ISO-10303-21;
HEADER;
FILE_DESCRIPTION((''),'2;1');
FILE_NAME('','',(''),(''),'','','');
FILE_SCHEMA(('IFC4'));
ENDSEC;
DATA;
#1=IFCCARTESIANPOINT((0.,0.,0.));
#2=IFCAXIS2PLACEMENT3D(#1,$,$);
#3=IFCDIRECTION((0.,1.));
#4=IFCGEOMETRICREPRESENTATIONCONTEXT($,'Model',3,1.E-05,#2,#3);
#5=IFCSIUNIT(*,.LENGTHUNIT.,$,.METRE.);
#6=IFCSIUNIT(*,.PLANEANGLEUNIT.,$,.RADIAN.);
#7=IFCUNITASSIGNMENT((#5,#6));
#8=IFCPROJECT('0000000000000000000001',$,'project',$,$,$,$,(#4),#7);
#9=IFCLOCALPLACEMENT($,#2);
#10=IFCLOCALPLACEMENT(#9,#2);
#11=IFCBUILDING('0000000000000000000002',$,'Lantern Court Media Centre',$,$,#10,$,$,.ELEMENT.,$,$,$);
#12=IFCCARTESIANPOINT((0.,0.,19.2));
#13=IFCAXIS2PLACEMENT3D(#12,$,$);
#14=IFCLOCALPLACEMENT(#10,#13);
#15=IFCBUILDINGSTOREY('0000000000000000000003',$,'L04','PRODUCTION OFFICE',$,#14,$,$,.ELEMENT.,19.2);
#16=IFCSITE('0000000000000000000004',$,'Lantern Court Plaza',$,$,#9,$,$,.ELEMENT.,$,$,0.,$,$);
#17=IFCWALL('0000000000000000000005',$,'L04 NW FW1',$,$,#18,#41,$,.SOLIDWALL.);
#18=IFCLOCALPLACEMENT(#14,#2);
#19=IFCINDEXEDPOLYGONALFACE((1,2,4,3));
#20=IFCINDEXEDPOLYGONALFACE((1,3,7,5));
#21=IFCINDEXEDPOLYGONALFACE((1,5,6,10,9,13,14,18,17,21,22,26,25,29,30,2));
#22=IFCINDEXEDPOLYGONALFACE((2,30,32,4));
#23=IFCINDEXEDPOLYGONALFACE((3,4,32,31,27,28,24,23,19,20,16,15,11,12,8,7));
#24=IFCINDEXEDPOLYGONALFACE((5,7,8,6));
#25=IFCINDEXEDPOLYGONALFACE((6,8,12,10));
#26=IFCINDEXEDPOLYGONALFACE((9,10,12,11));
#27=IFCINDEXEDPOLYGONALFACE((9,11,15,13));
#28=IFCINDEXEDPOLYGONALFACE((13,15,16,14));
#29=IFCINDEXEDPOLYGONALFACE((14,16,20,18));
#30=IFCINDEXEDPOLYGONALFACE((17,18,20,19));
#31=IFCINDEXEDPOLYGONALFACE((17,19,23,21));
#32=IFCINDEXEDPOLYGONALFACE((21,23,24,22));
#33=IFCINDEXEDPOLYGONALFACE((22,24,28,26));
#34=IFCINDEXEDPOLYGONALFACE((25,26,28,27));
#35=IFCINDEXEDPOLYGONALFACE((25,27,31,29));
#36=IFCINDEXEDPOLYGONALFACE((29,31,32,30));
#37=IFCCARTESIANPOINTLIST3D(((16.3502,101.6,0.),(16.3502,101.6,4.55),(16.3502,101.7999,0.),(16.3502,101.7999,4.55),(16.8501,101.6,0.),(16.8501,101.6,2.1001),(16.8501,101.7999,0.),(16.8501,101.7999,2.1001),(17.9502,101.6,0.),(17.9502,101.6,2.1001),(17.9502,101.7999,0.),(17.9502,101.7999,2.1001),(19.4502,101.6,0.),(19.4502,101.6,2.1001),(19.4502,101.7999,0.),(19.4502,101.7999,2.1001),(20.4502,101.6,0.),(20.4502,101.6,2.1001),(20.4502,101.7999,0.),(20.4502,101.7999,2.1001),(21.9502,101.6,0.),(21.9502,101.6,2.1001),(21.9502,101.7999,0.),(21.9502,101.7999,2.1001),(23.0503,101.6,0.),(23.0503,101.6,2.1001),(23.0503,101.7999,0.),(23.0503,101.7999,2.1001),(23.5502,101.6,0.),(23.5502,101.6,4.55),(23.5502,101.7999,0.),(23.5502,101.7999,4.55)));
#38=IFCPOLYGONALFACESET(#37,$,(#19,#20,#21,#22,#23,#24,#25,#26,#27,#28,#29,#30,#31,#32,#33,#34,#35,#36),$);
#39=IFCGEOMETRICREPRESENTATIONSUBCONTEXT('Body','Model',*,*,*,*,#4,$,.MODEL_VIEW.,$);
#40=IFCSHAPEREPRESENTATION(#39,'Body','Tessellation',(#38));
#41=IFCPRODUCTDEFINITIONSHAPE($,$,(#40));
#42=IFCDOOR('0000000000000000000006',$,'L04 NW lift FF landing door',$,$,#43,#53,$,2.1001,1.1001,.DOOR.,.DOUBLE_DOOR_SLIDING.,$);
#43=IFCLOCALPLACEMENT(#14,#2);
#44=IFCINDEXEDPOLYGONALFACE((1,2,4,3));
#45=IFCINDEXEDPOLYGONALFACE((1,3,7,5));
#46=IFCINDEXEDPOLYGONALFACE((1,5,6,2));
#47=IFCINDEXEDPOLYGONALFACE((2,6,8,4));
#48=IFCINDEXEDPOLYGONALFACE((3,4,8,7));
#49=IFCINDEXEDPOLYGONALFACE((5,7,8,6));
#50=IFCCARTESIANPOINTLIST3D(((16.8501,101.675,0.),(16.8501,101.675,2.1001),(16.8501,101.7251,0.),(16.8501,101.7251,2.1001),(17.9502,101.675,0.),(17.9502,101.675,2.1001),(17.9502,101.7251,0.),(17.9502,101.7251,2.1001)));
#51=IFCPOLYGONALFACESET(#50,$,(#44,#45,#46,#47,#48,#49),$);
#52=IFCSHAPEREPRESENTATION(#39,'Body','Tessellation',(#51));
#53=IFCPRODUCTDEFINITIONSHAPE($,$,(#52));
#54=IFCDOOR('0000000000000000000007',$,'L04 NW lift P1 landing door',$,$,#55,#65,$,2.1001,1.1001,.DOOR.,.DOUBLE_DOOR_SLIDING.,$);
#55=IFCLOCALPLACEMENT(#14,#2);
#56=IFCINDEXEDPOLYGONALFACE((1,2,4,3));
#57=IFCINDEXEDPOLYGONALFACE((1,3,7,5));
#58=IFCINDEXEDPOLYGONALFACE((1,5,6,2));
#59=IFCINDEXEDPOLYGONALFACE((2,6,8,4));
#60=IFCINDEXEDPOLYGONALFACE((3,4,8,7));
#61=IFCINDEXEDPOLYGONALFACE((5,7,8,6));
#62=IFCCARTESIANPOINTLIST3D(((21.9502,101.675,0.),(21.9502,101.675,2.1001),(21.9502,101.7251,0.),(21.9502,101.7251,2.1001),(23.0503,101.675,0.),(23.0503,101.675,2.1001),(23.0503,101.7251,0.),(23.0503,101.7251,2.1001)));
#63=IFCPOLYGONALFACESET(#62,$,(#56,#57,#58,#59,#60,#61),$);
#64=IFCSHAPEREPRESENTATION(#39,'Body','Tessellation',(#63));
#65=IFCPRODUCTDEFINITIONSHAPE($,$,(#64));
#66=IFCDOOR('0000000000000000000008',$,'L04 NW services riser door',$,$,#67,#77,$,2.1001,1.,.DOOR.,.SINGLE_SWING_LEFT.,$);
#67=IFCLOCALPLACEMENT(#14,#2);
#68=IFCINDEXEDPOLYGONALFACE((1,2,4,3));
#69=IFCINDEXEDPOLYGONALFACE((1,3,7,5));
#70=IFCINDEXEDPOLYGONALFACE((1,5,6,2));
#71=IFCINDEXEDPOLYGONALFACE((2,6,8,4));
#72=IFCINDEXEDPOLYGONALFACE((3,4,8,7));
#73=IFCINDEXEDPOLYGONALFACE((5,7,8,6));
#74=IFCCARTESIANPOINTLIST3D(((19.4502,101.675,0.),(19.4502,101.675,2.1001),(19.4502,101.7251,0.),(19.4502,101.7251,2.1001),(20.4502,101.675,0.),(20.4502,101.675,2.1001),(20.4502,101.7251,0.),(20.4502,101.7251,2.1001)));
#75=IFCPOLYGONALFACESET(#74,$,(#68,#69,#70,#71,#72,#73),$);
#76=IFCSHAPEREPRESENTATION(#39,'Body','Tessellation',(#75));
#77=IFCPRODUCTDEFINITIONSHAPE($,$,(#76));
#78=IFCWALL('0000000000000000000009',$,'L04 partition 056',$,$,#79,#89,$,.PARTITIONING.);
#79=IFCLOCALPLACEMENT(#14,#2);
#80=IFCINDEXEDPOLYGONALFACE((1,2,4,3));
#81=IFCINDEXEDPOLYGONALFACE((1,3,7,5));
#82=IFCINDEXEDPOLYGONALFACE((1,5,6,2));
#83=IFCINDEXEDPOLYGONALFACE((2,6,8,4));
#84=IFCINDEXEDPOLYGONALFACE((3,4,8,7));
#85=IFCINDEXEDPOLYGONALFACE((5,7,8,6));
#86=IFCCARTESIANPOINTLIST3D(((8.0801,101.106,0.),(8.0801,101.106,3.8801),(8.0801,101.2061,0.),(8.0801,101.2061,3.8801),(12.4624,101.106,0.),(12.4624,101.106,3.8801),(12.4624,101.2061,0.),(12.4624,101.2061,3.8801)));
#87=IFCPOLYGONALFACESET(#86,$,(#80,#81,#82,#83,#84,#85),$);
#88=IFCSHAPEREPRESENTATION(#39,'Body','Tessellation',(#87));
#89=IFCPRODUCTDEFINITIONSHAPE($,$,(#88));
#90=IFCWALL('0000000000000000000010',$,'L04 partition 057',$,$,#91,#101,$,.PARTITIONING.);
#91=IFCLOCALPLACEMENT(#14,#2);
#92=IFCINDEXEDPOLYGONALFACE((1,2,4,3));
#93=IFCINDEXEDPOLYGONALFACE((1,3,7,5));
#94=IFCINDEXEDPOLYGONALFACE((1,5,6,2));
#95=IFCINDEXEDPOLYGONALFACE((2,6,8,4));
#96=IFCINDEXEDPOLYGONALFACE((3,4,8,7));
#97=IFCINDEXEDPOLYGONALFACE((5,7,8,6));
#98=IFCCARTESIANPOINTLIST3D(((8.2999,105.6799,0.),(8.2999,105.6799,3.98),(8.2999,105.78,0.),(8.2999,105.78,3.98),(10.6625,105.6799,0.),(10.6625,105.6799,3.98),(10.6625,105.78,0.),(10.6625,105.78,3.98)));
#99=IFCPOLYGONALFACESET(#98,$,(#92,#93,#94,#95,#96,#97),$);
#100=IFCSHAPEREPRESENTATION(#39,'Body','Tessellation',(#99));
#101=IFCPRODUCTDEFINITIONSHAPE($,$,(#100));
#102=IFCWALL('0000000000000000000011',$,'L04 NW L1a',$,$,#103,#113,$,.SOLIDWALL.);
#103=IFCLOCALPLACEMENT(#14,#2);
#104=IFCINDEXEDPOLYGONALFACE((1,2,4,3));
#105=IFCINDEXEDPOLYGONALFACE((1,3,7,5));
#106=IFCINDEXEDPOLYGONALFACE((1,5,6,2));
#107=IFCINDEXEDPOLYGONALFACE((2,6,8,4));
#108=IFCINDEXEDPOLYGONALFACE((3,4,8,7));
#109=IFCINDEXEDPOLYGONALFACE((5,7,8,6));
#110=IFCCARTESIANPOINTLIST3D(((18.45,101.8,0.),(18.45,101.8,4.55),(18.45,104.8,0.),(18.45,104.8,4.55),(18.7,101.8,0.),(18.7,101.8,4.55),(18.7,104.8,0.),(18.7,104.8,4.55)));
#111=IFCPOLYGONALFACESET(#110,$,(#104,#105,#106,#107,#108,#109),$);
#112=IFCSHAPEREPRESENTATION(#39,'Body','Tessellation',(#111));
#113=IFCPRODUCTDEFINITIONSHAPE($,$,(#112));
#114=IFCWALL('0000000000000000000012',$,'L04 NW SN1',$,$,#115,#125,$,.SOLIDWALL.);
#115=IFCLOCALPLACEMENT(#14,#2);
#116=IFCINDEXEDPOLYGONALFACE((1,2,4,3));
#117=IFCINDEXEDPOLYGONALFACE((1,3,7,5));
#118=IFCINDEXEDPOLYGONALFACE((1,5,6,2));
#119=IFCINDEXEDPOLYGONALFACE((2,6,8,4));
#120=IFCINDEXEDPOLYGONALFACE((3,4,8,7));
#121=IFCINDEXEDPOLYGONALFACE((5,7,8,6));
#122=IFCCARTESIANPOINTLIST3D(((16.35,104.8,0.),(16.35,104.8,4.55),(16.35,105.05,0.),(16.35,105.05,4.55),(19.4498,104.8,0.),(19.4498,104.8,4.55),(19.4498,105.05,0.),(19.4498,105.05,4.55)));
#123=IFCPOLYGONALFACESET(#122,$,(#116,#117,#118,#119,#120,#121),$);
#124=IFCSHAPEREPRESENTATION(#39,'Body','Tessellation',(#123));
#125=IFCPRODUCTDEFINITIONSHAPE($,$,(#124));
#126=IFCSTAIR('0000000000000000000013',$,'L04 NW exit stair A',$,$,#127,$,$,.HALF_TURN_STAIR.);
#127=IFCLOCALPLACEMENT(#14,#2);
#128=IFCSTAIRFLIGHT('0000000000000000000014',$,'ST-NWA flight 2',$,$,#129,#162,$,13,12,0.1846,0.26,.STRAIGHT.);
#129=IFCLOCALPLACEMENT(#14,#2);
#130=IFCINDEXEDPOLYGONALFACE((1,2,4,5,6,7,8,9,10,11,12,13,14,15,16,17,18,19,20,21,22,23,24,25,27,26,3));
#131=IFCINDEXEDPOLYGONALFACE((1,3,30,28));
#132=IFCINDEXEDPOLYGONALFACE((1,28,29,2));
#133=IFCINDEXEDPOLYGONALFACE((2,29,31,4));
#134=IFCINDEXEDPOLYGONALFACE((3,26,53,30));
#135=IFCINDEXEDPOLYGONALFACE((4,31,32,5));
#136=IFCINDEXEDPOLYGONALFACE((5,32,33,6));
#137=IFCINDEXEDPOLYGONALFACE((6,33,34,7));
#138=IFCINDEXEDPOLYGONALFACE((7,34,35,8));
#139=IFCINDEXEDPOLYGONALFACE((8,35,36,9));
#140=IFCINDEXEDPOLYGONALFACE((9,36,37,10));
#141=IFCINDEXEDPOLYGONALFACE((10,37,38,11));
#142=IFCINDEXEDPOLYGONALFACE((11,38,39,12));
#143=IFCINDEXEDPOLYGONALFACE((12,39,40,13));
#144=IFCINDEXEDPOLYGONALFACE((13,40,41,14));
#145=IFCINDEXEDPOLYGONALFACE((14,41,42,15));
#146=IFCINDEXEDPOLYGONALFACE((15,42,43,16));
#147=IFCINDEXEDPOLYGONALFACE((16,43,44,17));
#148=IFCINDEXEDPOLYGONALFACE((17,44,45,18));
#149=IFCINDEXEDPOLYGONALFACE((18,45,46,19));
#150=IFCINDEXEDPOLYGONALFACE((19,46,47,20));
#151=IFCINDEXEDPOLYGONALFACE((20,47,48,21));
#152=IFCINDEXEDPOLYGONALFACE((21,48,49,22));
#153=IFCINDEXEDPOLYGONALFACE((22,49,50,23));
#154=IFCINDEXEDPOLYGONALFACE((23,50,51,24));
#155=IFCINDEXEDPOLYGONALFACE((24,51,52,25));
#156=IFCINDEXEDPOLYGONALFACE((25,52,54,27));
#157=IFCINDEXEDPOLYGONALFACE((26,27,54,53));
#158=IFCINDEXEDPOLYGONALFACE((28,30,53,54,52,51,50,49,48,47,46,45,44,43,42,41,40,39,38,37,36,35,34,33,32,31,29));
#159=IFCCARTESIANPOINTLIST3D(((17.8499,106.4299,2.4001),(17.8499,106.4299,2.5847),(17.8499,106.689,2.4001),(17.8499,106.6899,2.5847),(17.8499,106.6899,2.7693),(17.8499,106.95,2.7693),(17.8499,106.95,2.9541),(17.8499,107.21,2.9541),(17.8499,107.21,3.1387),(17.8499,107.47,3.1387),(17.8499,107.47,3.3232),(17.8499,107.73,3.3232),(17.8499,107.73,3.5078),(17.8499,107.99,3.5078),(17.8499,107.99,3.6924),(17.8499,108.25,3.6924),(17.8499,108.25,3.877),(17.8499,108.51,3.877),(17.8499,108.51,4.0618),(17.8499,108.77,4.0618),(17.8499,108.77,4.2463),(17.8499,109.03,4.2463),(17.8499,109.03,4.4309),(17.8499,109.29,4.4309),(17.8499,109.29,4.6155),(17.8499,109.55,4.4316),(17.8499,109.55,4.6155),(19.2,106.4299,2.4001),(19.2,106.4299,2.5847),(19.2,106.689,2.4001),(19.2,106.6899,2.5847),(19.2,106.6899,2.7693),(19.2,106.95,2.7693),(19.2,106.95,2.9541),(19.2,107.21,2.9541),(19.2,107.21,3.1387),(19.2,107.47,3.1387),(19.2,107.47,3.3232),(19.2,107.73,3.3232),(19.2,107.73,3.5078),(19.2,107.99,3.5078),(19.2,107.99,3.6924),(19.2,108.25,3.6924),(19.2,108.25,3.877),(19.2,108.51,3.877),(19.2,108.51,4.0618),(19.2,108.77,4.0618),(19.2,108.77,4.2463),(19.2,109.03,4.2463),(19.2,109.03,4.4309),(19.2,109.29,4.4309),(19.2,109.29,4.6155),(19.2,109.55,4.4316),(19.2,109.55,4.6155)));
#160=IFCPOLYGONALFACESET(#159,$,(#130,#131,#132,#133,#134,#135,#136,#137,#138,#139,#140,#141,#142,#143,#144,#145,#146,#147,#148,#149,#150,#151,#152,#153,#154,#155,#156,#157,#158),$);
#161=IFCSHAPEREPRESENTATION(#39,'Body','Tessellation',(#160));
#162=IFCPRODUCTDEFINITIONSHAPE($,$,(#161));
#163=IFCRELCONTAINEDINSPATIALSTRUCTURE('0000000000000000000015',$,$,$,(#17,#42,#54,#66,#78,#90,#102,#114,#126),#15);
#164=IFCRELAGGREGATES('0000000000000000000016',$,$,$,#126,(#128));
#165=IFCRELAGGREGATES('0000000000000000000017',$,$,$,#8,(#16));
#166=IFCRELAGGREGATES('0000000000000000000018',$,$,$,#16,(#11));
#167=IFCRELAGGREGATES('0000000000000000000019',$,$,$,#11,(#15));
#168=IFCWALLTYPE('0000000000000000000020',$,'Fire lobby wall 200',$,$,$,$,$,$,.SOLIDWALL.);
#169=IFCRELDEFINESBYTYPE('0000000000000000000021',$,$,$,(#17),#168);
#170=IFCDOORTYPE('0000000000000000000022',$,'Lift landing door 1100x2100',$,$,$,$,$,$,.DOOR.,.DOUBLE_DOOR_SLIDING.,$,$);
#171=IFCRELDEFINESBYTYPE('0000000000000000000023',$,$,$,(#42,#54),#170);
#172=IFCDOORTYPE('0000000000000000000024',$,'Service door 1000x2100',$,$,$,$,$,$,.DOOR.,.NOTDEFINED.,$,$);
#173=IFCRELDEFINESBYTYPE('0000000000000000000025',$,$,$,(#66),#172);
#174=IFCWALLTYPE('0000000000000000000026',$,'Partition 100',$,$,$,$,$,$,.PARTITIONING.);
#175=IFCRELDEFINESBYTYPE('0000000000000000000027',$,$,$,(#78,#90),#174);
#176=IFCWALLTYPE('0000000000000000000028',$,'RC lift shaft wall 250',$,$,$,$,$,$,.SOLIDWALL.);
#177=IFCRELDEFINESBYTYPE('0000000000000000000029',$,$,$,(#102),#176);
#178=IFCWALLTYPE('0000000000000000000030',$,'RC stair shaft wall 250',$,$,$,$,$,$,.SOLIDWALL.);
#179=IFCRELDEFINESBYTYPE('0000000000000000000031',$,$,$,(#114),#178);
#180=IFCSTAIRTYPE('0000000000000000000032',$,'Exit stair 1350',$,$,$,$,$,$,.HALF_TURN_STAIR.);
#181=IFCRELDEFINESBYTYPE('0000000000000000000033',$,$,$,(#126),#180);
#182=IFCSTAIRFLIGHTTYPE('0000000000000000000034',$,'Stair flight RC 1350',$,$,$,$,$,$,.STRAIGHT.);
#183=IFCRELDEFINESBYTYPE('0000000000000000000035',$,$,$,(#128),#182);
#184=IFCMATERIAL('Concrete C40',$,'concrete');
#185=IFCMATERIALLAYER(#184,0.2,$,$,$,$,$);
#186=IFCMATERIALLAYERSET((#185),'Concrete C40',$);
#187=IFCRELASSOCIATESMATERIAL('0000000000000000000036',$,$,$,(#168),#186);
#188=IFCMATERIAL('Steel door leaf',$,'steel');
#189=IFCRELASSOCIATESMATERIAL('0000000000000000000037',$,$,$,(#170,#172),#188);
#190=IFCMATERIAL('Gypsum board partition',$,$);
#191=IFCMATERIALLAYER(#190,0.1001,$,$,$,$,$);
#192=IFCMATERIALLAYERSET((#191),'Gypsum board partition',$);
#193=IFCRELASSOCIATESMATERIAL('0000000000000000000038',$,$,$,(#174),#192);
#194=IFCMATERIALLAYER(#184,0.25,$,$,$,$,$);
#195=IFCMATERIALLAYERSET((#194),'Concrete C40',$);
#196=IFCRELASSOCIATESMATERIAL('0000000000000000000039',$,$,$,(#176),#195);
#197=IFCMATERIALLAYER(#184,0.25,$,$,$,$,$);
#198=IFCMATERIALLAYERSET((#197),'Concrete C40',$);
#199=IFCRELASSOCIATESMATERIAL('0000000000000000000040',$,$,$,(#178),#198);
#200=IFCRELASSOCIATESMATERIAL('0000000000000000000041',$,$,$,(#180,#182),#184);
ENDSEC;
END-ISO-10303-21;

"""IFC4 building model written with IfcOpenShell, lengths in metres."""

from ifc_helpers import new_model, si_unit, direction, frame, frame_2d, origin, place, context, subcontext, project, spatial, polyline, rectangle, outline, extrude, material, layer, layer_set, type_object, element, fill, aggregate, save


model = new_model("IFC4")

# Units and contexts
model_context = context("Model", 3, precision=1e-05, world=origin(), true_north=direction((0.0, 1.0)))
body_context = subcontext(model_context, "Body", "Model", "MODEL_VIEW")
ifc_project = project(units=[si_unit("LENGTHUNIT", "METRE"), si_unit("PLANEANGLEUNIT", "RADIAN")], contexts=[model_context])

# Site, building, storey
site_placement = place(None, origin())
site = spatial("IfcSite", under=ifc_project, at=site_placement, Name="Lantern Court Plaza", CompositionType="ELEMENT", RefElevation=0.0)
building_placement = place(site_placement, origin())
building = spatial("IfcBuilding", under=site, at=building_placement, Name="Lantern Court Media Centre", CompositionType="ELEMENT")
storey_placement = place(building_placement, frame((0.0, 0.0, 19.2)))
storey = spatial("IfcBuildingStorey", under=building, at=storey_placement, Name="L04", Description="PRODUCTION OFFICE", CompositionType="ELEMENT", Elevation=19.2)

# Shared definitions
ifc_material_1 = material(Name="Gypsum board partition")

# Wall, openings, doors
ifc_material_2 = material(Name="Concrete C40", Category="concrete")
ifc_layer_1 = layer(ifc_material_2, 0.2)
ifc_layer_set_1 = layer_set([ifc_layer_1], Name="Concrete C40")
wall_type_1 = type_object("IfcWallType", Name="Fire lobby wall 200", PredefinedType="SOLIDWALL", material=ifc_layer_set_1)
wall_1_placement = place(storey_placement, frame((16.3501, 101.7, 0.0), z_axis=(0.0, 0.0, 1.0), x_axis=(1.0, 0.0, 0.0)))
wall_1 = element("IfcWall", 1, at=wall_1_placement, inside=storey, type_object=wall_type_1, Name="L04 NW FW1", PredefinedType="SOLIDWALL", context=body_context, shape_type="SweptSolid", body=[
    extrude(rectangle(XDim=7.2, YDim=0.2, at=frame_2d((3.6001, 0.0))), origin(), (0.0, 0.0, 1.0), 4.55),
])
opening_1_placement = place(wall_1_placement, frame((0.5, 0.0, 0.0)))
opening_1 = element("IfcOpeningElement", 2, at=opening_1_placement, cuts=wall_1, PredefinedType="OPENING", context=body_context, shape_type="SweptSolid", body=[
    extrude(rectangle(XDim=1.1001, YDim=2.1001, at=frame_2d((0.55, 1.05))), frame((0.0, 0.1099, 0.0), z_axis=(0.0, -1.0, 0.0), x_axis=(1.0, 0.0, 0.0)), (0.0, 0.0, 1.0), 0.22),
])
opening_2_placement = place(wall_1_placement, frame((5.6001, 0.0, 0.0)))
opening_2 = element("IfcOpeningElement", 3, at=opening_2_placement, cuts=wall_1, PredefinedType="OPENING", context=body_context, shape_type="SweptSolid", body=[
    extrude(rectangle(XDim=1.1001, YDim=2.1001, at=frame_2d((0.55, 1.05))), frame((0.0, 0.1099, 0.0), z_axis=(0.0, -1.0, 0.0), x_axis=(1.0, 0.0, 0.0)), (0.0, 0.0, 1.0), 0.22),
])
opening_3_placement = place(wall_1_placement, frame((3.1001, 0.0, 0.0)))
opening_3 = element("IfcOpeningElement", 4, at=opening_3_placement, cuts=wall_1, PredefinedType="OPENING", context=body_context, shape_type="SweptSolid", body=[
    extrude(rectangle(XDim=1.0, YDim=2.1001, at=frame_2d((0.5, 1.05))), frame((0.0, 0.1099, 0.0), z_axis=(0.0, -1.0, 0.0), x_axis=(1.0, 0.0, 0.0)), (0.0, 0.0, 1.0), 0.22),
])
ifc_material_3 = material(Name="Steel door leaf", Category="steel")
door_type_1 = type_object("IfcDoorType", Name="Lift landing door 1100x2100", OperationType="DOUBLE_DOOR_SLIDING", PredefinedType="DOOR", material=ifc_material_3)
door_1_placement = place(opening_1_placement, frame((1.1001, 0.0, 0.0), z_axis=(0.0, 0.0, 1.0), x_axis=(-1.0, 0.0, 0.0)))
door_1 = element("IfcDoor", 5, at=door_1_placement, inside=storey, type_object=door_type_1, Name="L04 NW lift FF landing door", OperationType="DOUBLE_DOOR_SLIDING", OverallHeight=2.1001, OverallWidth=1.1001, PredefinedType="DOOR", context=body_context, shape_type="SweptSolid", body=[
    extrude(rectangle(XDim=1.1001, YDim=2.1001, at=frame_2d((0.55, 1.05))), frame((0.0, 0.0249, 0.0), z_axis=(0.0, -1.0, 0.0), x_axis=(1.0, 0.0, 0.0)), (0.0, 0.0, 1.0), 0.05),
])
fill(opening_1, door_1)
door_2_placement = place(opening_2_placement, frame((1.1001, 0.0, 0.0), z_axis=(0.0, 0.0, 1.0), x_axis=(-1.0, 0.0, 0.0)))
door_2 = element("IfcDoor", 6, at=door_2_placement, inside=storey, type_object=door_type_1, Name="L04 NW lift P1 landing door", OperationType="DOUBLE_DOOR_SLIDING", OverallHeight=2.1001, OverallWidth=1.1001, PredefinedType="DOOR", context=body_context, shape_type="SweptSolid", body=[
    extrude(rectangle(XDim=1.1001, YDim=2.1001, at=frame_2d((0.55, 1.05))), frame((0.0, 0.0249, 0.0), z_axis=(0.0, -1.0, 0.0), x_axis=(1.0, 0.0, 0.0)), (0.0, 0.0, 1.0), 0.05),
])
fill(opening_2, door_2)
door_type_2 = type_object("IfcDoorType", Name="Service door 1000x2100", OperationType="NOTDEFINED", PredefinedType="DOOR", material=ifc_material_3)
door_3_placement = place(opening_3_placement, frame((1.0, 0.0, 0.0), z_axis=(0.0, 0.0, 1.0), x_axis=(-1.0, 0.0, 0.0)))
door_3 = element("IfcDoor", 7, at=door_3_placement, inside=storey, type_object=door_type_2, Name="L04 NW services riser door", OperationType="SINGLE_SWING_LEFT", OverallHeight=2.1001, OverallWidth=1.0, PredefinedType="DOOR", context=body_context, shape_type="SweptSolid", body=[
    extrude(rectangle(XDim=1.0, YDim=2.1001, at=frame_2d((0.5, 1.05))), frame((0.0, 0.0249, 0.0), z_axis=(0.0, -1.0, 0.0), x_axis=(1.0, 0.0, 0.0)), (0.0, 0.0, 1.0), 0.05),
])
fill(opening_3, door_3)

# Walls
ifc_layer_2 = layer(ifc_material_1, 0.1001)
ifc_layer_set_2 = layer_set([ifc_layer_2], Name="Gypsum board partition")
wall_type_2 = type_object("IfcWallType", Name="Partition 100", PredefinedType="PARTITIONING", material=ifc_layer_set_2)
wall_2_placement = place(storey_placement, frame((8.0801, 101.156, 0.0), z_axis=(0.0, 0.0, 1.0), x_axis=(1.0, 0.0, 0.0)))
element("IfcWall", 8, at=wall_2_placement, inside=storey, type_object=wall_type_2, Name="L04 partition 056", PredefinedType="PARTITIONING", context=body_context, shape_type="SweptSolid", body=[
    extrude(rectangle(XDim=4.3823, YDim=0.1001, at=frame_2d((2.1912, 0.0))), origin(), (0.0, 0.0, 1.0), 3.8801),
])
wall_3_placement = place(storey_placement, frame((8.3, 105.73, 0.0), z_axis=(0.0, 0.0, 1.0), x_axis=(1.0, 0.0, 0.0)))
element("IfcWall", 9, at=wall_3_placement, inside=storey, type_object=wall_type_2, Name="L04 partition 057", PredefinedType="PARTITIONING", context=body_context, shape_type="SweptSolid", body=[
    extrude(rectangle(XDim=2.3625, YDim=0.1001, at=frame_2d((1.1812, 0.0))), origin(), (0.0, 0.0, 1.0), 3.98),
])
ifc_layer_3 = layer(ifc_material_2, 0.25)
ifc_layer_set_3 = layer_set([ifc_layer_3], Name="Concrete C40")
wall_type_3 = type_object("IfcWallType", Name="RC lift shaft wall 250", PredefinedType="SOLIDWALL", material=ifc_layer_set_3)
wall_4_placement = place(storey_placement, frame((18.575, 104.8, 0.0), z_axis=(0.0, 0.0, 1.0), x_axis=(0.0, -1.0, 0.0)))
element("IfcWall", 10, at=wall_4_placement, inside=storey, type_object=wall_type_3, Name="L04 NW L1a", PredefinedType="SOLIDWALL", context=body_context, shape_type="SweptSolid", body=[
    extrude(rectangle(XDim=3.0, YDim=0.25, at=frame_2d((1.5, 0.0))), origin(), (0.0, 0.0, 1.0), 4.55),
])
ifc_layer_4 = layer(ifc_material_2, 0.25)
ifc_layer_set_4 = layer_set([ifc_layer_4], Name="Concrete C40")
wall_type_4 = type_object("IfcWallType", Name="RC stair shaft wall 250", PredefinedType="SOLIDWALL", material=ifc_layer_set_4)
wall_5_placement = place(storey_placement, frame((16.3501, 104.925, 0.0), z_axis=(0.0, 0.0, 1.0), x_axis=(1.0, 0.0, 0.0)))
element("IfcWall", 11, at=wall_5_placement, inside=storey, type_object=wall_type_4, Name="L04 NW SN1", PredefinedType="SOLIDWALL", context=body_context, shape_type="SweptSolid", body=[
    extrude(rectangle(XDim=3.0999, YDim=0.25, at=frame_2d((1.5498, 0.0))), origin(), (0.0, 0.0, 1.0), 4.55),
])

# Stair, stair flight
stair_type = type_object("IfcStairType", Name="Exit stair 1350", PredefinedType="HALF_TURN_STAIR", material=ifc_material_2)
stair_placement = place(storey_placement, origin())
stair = element("IfcStair", 12, at=stair_placement, inside=storey, type_object=stair_type, Name="L04 NW exit stair A", PredefinedType="HALF_TURN_STAIR")
stair_flight_type = type_object("IfcStairFlightType", Name="Stair flight RC 1350", PredefinedType="STRAIGHT", material=ifc_material_2)
stair_flight_placement = place(storey_placement, frame((18.5249, 106.4299, 2.4001), z_axis=(0.0, 0.0, 1.0), x_axis=(0.0, 1.0, 0.0)))
stair_flight = element("IfcStairFlight", 13, at=stair_flight_placement, type_object=stair_flight_type, Name="ST-NWA flight 2", NumberOfRisers=13, NumberOfTreads=12, PredefinedType="STRAIGHT", RiserHeight=0.1846, TreadLength=0.26, context=body_context, shape_type="SweptSolid", body=[
    extrude(outline(polyline([(0.0, 0.0), (0.0, 0.1846), (0.26, 0.1846), (0.26, 0.3691), (0.52, 0.3691), (0.52, 0.554), (0.78, 0.554), (0.78, 0.7385), (1.04, 0.7385), (1.04, 0.9231), (1.3, 0.9231), (1.3, 1.1077), (1.5601, 1.1077), (1.5601, 1.2922), (1.8201, 1.2922), (1.8201, 1.4768), (2.0801, 1.4768), (2.0801, 1.6616), (2.3401, 1.6616), (2.3401, 1.8462), (2.6001, 1.8462), (2.6001, 2.0308), (2.8601, 2.0308), (2.8601, 2.2153), (3.1201, 2.2153), (3.1201, 2.3999), (3.1201, 2.0315), (0.259, 0.0), (0.0, 0.0)])), frame((0.0, 0.675, 0.0), z_axis=(0.0, -1.0, 0.0), x_axis=(1.0, 0.0, 0.0)), (0.0, 0.0, 1.0), 1.3501),
])
aggregate(stair, [stair_flight])

save(model, "model.ifc")
